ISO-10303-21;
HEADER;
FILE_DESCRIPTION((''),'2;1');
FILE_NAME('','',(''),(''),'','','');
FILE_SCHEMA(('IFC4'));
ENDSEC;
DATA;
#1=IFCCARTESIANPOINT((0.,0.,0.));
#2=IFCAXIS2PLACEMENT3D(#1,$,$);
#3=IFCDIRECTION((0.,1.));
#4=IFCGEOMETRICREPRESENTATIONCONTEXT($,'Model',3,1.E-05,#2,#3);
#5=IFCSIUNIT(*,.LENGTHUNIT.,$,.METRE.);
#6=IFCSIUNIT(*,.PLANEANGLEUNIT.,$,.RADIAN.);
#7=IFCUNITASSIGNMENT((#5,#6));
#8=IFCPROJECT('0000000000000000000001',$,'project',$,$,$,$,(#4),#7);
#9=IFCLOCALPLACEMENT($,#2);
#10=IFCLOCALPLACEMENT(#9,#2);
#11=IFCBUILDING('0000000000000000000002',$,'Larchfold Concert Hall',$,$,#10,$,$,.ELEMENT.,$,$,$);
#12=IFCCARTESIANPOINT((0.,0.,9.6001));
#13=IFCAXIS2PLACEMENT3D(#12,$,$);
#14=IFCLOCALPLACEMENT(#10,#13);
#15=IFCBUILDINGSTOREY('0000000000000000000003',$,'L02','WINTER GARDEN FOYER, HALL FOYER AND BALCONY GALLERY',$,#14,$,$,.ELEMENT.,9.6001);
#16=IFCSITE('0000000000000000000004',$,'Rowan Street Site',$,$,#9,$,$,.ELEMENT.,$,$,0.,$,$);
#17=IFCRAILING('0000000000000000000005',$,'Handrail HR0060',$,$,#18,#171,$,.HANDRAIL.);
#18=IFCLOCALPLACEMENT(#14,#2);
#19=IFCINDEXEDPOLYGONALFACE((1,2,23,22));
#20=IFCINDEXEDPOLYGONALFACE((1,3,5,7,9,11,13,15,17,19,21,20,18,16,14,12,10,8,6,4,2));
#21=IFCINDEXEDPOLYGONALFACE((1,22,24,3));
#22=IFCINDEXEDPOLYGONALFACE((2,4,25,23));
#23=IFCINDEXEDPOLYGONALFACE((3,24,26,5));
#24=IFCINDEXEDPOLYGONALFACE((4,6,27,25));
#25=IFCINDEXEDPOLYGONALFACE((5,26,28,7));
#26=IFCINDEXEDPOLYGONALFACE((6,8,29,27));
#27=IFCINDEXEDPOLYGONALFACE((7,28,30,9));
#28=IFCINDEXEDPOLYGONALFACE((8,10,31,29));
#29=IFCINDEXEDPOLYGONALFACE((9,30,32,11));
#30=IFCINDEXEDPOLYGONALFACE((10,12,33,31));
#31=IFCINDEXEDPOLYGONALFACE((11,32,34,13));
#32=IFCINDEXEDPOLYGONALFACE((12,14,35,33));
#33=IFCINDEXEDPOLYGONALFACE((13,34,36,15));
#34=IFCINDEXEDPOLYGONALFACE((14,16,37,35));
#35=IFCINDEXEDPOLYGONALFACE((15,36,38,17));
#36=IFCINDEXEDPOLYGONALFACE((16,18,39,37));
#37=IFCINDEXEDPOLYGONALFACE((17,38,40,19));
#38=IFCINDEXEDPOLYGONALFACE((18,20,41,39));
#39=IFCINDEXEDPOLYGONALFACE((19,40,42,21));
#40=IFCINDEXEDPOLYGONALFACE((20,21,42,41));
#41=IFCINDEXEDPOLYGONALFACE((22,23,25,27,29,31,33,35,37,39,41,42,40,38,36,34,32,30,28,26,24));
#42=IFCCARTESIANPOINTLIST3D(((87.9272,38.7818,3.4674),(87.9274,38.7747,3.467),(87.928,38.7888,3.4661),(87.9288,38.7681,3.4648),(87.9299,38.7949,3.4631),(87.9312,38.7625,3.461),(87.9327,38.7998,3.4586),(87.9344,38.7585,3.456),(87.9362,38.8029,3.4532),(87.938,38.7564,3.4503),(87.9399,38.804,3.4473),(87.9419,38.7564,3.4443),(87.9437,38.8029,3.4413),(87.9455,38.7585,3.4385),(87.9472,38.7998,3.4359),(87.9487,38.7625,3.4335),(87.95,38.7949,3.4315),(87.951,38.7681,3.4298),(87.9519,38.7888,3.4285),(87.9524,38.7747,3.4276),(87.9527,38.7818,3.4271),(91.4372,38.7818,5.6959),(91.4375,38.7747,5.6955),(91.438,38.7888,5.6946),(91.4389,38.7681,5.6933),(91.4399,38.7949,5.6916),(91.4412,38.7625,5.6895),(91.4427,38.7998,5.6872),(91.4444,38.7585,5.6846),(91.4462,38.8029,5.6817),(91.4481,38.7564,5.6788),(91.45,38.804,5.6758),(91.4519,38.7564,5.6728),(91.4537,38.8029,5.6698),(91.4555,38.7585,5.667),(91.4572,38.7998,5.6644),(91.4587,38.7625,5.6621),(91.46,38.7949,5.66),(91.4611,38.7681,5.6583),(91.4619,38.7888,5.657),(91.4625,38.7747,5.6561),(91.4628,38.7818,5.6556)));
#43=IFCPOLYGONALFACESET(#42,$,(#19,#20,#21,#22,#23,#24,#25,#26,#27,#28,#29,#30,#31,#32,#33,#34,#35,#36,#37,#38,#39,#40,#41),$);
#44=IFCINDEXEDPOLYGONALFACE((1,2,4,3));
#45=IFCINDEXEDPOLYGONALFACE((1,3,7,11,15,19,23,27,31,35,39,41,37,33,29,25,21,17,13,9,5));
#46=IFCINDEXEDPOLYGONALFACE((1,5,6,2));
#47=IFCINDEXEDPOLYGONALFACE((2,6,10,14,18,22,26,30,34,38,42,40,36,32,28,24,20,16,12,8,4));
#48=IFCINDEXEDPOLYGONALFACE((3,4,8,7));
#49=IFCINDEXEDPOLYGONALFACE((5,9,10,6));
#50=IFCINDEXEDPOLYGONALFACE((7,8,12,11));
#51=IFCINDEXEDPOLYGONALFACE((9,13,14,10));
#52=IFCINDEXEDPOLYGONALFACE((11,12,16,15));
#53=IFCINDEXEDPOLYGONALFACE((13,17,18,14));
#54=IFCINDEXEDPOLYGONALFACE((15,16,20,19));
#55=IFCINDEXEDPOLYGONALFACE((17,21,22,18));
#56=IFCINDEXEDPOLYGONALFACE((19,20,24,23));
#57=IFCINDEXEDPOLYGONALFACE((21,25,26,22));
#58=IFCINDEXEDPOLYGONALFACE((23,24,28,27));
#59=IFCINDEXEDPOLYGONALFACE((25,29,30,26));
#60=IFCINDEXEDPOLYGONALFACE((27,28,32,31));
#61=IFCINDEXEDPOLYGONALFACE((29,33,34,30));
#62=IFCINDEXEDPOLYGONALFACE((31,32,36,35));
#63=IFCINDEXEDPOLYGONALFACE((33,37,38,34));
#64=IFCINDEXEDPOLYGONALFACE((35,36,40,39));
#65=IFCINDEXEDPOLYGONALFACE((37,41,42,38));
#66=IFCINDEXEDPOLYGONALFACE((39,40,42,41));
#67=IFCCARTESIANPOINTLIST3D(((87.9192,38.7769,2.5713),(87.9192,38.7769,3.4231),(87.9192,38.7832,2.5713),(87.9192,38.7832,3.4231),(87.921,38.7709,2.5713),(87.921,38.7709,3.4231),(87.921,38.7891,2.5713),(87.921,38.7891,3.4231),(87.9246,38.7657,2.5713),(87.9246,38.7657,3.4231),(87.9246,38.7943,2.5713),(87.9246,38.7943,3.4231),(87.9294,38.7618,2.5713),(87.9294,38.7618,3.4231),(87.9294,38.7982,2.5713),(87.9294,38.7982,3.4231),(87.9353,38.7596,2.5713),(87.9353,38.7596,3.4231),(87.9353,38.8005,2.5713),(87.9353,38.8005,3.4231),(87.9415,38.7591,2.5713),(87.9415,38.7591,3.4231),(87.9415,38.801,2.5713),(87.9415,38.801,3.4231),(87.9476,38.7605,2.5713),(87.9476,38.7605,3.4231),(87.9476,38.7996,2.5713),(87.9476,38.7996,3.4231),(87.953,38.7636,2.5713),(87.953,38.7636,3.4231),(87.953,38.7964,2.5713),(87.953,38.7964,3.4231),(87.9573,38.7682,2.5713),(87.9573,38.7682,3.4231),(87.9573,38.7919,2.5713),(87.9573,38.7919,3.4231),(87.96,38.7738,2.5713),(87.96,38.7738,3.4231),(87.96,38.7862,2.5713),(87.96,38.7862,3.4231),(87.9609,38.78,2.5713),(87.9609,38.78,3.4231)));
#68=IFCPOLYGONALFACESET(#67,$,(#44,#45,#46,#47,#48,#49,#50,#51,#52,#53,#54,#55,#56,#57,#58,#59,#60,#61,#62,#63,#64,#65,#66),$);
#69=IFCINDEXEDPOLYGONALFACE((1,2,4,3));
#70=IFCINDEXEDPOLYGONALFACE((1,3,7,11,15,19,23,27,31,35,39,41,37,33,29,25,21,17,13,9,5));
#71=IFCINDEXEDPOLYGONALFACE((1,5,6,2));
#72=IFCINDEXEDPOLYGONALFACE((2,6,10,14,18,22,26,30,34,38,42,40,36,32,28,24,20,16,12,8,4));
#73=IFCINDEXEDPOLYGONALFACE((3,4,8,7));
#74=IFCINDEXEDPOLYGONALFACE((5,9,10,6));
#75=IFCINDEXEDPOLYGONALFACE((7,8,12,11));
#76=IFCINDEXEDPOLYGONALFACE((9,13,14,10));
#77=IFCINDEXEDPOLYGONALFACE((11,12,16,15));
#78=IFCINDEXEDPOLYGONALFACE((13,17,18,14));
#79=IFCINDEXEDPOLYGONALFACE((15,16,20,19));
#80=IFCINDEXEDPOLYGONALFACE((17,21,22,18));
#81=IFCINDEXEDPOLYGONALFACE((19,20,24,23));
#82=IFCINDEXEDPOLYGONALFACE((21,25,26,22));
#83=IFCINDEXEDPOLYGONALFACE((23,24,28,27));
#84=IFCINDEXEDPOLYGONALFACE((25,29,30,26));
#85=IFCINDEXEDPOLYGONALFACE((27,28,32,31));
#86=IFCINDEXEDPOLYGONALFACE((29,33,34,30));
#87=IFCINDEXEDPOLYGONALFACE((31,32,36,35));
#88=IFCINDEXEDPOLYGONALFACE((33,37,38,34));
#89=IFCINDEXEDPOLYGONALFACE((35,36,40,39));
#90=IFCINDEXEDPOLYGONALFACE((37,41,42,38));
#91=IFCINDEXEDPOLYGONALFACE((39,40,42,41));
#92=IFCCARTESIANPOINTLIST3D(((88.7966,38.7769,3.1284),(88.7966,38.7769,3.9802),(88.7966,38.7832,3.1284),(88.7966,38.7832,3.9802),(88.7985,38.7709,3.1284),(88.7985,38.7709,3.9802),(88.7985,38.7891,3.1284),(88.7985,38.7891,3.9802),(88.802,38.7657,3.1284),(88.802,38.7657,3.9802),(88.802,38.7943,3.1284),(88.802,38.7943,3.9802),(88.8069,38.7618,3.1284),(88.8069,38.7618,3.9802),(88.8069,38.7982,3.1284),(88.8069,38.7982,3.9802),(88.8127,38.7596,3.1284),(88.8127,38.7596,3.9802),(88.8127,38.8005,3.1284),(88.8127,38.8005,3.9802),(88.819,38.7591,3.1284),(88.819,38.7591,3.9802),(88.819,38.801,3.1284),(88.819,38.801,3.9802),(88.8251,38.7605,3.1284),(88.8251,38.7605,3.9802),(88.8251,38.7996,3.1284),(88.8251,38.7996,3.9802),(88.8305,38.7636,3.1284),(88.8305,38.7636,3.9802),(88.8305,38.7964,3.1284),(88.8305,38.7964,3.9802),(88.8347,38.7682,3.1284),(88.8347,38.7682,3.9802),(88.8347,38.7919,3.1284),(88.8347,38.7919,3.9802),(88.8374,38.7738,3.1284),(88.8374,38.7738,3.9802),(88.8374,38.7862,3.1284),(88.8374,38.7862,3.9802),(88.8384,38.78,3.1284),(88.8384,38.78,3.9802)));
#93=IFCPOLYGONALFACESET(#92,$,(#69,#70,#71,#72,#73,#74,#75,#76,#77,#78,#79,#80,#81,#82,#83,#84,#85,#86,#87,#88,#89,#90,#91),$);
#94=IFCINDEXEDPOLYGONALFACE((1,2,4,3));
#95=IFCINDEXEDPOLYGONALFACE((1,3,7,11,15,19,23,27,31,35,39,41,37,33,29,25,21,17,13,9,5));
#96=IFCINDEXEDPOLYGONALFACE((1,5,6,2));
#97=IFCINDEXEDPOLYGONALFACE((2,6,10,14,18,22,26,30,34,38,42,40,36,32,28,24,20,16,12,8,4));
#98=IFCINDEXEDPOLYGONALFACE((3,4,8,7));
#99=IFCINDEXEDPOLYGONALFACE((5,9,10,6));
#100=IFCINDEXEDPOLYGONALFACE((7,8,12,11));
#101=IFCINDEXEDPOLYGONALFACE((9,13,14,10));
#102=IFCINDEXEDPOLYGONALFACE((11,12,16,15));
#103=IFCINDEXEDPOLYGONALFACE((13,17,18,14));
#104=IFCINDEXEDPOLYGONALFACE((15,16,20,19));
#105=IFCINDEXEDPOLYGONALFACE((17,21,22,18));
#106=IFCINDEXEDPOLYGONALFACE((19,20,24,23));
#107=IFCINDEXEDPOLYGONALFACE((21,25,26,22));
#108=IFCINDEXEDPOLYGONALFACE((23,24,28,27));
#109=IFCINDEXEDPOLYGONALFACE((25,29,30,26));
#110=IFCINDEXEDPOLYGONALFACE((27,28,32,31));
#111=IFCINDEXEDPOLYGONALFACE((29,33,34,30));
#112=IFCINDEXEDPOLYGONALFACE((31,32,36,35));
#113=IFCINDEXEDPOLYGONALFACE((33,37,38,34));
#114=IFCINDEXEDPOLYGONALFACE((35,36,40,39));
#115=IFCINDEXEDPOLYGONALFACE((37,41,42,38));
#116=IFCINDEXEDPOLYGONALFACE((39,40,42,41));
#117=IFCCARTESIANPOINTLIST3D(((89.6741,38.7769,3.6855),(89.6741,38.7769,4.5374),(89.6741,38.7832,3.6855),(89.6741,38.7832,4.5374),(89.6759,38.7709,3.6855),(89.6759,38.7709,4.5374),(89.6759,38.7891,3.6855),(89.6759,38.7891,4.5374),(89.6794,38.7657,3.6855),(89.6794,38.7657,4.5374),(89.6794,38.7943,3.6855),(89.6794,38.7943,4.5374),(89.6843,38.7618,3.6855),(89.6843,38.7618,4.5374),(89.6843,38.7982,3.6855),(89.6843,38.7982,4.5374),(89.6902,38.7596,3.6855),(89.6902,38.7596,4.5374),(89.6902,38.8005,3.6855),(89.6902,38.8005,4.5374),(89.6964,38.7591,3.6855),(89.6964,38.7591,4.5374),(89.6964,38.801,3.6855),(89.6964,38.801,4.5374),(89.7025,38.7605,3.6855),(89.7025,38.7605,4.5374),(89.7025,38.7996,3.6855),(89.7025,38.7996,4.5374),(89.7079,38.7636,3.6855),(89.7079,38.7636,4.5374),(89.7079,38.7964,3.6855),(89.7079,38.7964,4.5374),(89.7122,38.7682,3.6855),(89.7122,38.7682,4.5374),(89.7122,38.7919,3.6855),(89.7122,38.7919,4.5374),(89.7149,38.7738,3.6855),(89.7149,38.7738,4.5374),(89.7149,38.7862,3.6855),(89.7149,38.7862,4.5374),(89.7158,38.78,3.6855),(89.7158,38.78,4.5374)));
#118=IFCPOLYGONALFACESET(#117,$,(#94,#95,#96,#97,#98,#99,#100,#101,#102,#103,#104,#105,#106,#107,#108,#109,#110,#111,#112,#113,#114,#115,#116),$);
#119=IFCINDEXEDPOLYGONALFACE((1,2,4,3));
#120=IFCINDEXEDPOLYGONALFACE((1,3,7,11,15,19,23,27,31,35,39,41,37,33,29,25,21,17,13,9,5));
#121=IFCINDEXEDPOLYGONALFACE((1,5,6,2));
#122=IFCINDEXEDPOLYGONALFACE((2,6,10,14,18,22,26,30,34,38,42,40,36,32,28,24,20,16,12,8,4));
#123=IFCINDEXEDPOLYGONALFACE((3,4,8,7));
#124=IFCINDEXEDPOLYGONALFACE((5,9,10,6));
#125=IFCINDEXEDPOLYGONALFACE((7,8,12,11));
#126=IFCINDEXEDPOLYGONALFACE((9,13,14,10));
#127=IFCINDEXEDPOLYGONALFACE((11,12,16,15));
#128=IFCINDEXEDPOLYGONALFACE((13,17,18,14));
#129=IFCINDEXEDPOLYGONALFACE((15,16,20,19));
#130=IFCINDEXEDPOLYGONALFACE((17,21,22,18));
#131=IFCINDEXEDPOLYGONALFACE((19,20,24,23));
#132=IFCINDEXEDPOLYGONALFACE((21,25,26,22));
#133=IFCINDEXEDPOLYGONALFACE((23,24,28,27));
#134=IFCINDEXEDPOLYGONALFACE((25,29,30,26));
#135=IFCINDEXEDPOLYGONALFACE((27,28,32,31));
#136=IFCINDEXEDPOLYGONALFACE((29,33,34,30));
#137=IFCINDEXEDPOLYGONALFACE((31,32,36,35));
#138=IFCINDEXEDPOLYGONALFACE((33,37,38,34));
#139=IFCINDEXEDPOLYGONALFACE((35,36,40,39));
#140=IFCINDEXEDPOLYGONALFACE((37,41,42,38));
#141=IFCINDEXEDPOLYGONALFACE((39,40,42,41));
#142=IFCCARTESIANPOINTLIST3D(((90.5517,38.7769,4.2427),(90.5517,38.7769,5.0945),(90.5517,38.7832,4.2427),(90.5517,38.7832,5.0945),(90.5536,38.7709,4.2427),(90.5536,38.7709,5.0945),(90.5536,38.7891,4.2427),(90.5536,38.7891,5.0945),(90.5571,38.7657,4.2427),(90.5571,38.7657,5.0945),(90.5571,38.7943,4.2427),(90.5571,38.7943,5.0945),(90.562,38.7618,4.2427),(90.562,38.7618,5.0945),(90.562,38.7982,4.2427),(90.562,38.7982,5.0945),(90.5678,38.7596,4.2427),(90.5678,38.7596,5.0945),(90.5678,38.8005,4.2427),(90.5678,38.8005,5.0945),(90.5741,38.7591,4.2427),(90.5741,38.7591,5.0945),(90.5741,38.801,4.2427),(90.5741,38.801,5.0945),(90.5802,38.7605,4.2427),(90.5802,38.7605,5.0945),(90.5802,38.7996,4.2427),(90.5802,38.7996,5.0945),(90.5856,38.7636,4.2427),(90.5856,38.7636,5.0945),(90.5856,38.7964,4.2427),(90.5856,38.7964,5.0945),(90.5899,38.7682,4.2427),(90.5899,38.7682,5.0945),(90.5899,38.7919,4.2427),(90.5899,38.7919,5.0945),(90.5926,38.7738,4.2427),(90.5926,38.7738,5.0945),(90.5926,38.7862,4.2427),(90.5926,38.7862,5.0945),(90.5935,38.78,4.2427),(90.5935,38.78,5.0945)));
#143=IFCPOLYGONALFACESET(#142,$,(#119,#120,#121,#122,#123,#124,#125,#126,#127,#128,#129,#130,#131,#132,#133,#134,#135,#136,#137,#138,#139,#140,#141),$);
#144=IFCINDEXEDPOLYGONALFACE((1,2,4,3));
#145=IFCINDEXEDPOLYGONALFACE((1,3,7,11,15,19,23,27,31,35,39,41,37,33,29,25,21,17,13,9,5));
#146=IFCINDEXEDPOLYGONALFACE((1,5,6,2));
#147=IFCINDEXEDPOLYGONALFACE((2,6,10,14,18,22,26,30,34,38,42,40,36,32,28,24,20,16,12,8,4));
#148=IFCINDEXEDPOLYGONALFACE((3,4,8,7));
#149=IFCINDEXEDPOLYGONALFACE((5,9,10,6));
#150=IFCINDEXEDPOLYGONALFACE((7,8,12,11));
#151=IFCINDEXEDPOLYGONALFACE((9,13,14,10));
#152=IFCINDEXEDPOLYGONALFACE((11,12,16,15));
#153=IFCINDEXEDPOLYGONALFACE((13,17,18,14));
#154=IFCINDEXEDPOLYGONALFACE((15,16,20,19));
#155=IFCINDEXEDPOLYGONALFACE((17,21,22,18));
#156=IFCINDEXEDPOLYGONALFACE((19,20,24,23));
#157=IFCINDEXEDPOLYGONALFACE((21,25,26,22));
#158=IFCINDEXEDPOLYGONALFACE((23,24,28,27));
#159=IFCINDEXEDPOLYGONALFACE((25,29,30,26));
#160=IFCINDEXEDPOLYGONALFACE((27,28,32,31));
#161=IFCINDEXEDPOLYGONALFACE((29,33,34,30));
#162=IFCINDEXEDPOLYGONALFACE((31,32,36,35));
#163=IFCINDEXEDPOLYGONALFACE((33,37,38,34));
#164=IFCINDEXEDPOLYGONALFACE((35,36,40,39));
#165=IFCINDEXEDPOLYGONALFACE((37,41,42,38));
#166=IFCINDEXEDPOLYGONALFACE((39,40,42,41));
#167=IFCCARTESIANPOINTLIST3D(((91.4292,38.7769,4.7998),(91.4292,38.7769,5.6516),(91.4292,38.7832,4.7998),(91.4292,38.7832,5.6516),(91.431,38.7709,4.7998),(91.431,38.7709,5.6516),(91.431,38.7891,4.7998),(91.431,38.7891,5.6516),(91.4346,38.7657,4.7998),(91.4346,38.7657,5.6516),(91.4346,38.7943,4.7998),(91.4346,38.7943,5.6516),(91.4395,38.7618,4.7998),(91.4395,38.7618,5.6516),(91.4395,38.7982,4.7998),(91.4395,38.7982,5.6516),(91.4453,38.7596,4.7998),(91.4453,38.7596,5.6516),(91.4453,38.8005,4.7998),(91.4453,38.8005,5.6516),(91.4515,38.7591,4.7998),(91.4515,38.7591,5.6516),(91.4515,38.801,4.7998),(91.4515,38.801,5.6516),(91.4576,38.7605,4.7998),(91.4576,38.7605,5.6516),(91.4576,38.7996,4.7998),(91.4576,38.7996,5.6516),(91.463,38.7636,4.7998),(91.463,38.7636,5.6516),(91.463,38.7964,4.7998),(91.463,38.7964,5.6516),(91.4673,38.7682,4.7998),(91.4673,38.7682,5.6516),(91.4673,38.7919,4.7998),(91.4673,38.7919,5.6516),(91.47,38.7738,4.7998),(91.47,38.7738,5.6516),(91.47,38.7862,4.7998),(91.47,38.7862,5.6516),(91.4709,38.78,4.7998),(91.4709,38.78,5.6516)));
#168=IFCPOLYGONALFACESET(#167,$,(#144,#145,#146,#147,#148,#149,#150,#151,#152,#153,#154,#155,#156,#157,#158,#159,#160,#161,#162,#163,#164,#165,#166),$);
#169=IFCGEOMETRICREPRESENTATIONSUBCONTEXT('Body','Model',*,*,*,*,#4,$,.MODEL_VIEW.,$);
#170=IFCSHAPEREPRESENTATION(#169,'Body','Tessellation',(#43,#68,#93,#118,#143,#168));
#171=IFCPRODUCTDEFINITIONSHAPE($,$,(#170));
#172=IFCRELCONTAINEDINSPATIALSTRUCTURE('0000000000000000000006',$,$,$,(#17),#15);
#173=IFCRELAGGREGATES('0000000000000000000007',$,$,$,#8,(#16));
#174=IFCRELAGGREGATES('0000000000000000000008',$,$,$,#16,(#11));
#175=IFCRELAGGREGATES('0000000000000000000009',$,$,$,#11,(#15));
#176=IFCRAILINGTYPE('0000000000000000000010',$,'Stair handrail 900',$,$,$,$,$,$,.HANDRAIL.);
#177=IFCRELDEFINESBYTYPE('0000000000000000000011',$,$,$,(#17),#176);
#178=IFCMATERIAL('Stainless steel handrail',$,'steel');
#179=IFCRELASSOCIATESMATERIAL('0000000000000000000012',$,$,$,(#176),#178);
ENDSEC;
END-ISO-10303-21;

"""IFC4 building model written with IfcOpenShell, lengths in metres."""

from ifc_helpers import new_model, si_unit, direction, frame, origin, origin_2d, place, context, subcontext, project, spatial, circle, extrude, material, type_object, element, save


model = new_model("IFC4")

# Units and contexts
model_context = context("Model", 3, precision=1e-05, world=origin(), true_north=direction((0.0, 1.0)))
body_context = subcontext(model_context, "Body", "Model", "MODEL_VIEW")
ifc_project = project(units=[si_unit("LENGTHUNIT", "METRE"), si_unit("PLANEANGLEUNIT", "RADIAN")], contexts=[model_context])

# Site, building, storey
site_placement = place(None, origin())
site = spatial("IfcSite", under=ifc_project, at=site_placement, Name="Rowan Street Site", CompositionType="ELEMENT", RefElevation=0.0)
building_placement = place(site_placement, origin())
building = spatial("IfcBuilding", under=site, at=building_placement, Name="Larchfold Concert Hall", CompositionType="ELEMENT")
storey_placement = place(building_placement, frame((0.0, 0.0, 9.6001)))
storey = spatial("IfcBuildingStorey", under=building, at=storey_placement, Name="L02", Description="WINTER GARDEN FOYER, HALL FOYER AND BALCONY GALLERY", CompositionType="ELEMENT", Elevation=9.6001)

# Railing
ifc_material_1 = material(Name="Stainless steel handrail", Category="steel")
railing_type_1 = type_object("IfcRailingType", Name="Stair handrail 900", PredefinedType="HANDRAIL", material=ifc_material_1)
railing_1_placement = place(storey_placement, frame((87.9399, 38.78, 2.5713)))
element("IfcRailing", 1, at=railing_1_placement, inside=storey, type_object=railing_type_1, Name="Handrail HR0060", PredefinedType="HANDRAIL", context=body_context, shape_type="SweptSolid", body=[
    extrude(circle(Radius=0.0239, at=origin_2d()), frame((0.0, 0.0, 0.876), z_axis=(0.84422, 0.0, 0.535998), x_axis=(0.0, 1.0, 0.0)), (0.0, 0.0, 1.0), 4.1577),
    extrude(circle(Radius=0.021, at=origin_2d()), origin(), (0.0, 0.0, 1.0), 0.8518),
    extrude(circle(Radius=0.021, at=origin_2d()), frame((0.8774, 0.0, 0.5571)), (0.0, 0.0, 1.0), 0.8518),
    extrude(circle(Radius=0.021, at=origin_2d()), frame((1.7549, 0.0, 1.1143)), (0.0, 0.0, 1.0), 0.8518),
    extrude(circle(Radius=0.021, at=origin_2d()), frame((2.6326, 0.0, 1.6714)), (0.0, 0.0, 1.0), 0.8518),
    extrude(circle(Radius=0.021, at=origin_2d()), frame((3.51, 0.0, 2.2285)), (0.0, 0.0, 1.0), 0.8518),
])

save(model, "model.ifc")
